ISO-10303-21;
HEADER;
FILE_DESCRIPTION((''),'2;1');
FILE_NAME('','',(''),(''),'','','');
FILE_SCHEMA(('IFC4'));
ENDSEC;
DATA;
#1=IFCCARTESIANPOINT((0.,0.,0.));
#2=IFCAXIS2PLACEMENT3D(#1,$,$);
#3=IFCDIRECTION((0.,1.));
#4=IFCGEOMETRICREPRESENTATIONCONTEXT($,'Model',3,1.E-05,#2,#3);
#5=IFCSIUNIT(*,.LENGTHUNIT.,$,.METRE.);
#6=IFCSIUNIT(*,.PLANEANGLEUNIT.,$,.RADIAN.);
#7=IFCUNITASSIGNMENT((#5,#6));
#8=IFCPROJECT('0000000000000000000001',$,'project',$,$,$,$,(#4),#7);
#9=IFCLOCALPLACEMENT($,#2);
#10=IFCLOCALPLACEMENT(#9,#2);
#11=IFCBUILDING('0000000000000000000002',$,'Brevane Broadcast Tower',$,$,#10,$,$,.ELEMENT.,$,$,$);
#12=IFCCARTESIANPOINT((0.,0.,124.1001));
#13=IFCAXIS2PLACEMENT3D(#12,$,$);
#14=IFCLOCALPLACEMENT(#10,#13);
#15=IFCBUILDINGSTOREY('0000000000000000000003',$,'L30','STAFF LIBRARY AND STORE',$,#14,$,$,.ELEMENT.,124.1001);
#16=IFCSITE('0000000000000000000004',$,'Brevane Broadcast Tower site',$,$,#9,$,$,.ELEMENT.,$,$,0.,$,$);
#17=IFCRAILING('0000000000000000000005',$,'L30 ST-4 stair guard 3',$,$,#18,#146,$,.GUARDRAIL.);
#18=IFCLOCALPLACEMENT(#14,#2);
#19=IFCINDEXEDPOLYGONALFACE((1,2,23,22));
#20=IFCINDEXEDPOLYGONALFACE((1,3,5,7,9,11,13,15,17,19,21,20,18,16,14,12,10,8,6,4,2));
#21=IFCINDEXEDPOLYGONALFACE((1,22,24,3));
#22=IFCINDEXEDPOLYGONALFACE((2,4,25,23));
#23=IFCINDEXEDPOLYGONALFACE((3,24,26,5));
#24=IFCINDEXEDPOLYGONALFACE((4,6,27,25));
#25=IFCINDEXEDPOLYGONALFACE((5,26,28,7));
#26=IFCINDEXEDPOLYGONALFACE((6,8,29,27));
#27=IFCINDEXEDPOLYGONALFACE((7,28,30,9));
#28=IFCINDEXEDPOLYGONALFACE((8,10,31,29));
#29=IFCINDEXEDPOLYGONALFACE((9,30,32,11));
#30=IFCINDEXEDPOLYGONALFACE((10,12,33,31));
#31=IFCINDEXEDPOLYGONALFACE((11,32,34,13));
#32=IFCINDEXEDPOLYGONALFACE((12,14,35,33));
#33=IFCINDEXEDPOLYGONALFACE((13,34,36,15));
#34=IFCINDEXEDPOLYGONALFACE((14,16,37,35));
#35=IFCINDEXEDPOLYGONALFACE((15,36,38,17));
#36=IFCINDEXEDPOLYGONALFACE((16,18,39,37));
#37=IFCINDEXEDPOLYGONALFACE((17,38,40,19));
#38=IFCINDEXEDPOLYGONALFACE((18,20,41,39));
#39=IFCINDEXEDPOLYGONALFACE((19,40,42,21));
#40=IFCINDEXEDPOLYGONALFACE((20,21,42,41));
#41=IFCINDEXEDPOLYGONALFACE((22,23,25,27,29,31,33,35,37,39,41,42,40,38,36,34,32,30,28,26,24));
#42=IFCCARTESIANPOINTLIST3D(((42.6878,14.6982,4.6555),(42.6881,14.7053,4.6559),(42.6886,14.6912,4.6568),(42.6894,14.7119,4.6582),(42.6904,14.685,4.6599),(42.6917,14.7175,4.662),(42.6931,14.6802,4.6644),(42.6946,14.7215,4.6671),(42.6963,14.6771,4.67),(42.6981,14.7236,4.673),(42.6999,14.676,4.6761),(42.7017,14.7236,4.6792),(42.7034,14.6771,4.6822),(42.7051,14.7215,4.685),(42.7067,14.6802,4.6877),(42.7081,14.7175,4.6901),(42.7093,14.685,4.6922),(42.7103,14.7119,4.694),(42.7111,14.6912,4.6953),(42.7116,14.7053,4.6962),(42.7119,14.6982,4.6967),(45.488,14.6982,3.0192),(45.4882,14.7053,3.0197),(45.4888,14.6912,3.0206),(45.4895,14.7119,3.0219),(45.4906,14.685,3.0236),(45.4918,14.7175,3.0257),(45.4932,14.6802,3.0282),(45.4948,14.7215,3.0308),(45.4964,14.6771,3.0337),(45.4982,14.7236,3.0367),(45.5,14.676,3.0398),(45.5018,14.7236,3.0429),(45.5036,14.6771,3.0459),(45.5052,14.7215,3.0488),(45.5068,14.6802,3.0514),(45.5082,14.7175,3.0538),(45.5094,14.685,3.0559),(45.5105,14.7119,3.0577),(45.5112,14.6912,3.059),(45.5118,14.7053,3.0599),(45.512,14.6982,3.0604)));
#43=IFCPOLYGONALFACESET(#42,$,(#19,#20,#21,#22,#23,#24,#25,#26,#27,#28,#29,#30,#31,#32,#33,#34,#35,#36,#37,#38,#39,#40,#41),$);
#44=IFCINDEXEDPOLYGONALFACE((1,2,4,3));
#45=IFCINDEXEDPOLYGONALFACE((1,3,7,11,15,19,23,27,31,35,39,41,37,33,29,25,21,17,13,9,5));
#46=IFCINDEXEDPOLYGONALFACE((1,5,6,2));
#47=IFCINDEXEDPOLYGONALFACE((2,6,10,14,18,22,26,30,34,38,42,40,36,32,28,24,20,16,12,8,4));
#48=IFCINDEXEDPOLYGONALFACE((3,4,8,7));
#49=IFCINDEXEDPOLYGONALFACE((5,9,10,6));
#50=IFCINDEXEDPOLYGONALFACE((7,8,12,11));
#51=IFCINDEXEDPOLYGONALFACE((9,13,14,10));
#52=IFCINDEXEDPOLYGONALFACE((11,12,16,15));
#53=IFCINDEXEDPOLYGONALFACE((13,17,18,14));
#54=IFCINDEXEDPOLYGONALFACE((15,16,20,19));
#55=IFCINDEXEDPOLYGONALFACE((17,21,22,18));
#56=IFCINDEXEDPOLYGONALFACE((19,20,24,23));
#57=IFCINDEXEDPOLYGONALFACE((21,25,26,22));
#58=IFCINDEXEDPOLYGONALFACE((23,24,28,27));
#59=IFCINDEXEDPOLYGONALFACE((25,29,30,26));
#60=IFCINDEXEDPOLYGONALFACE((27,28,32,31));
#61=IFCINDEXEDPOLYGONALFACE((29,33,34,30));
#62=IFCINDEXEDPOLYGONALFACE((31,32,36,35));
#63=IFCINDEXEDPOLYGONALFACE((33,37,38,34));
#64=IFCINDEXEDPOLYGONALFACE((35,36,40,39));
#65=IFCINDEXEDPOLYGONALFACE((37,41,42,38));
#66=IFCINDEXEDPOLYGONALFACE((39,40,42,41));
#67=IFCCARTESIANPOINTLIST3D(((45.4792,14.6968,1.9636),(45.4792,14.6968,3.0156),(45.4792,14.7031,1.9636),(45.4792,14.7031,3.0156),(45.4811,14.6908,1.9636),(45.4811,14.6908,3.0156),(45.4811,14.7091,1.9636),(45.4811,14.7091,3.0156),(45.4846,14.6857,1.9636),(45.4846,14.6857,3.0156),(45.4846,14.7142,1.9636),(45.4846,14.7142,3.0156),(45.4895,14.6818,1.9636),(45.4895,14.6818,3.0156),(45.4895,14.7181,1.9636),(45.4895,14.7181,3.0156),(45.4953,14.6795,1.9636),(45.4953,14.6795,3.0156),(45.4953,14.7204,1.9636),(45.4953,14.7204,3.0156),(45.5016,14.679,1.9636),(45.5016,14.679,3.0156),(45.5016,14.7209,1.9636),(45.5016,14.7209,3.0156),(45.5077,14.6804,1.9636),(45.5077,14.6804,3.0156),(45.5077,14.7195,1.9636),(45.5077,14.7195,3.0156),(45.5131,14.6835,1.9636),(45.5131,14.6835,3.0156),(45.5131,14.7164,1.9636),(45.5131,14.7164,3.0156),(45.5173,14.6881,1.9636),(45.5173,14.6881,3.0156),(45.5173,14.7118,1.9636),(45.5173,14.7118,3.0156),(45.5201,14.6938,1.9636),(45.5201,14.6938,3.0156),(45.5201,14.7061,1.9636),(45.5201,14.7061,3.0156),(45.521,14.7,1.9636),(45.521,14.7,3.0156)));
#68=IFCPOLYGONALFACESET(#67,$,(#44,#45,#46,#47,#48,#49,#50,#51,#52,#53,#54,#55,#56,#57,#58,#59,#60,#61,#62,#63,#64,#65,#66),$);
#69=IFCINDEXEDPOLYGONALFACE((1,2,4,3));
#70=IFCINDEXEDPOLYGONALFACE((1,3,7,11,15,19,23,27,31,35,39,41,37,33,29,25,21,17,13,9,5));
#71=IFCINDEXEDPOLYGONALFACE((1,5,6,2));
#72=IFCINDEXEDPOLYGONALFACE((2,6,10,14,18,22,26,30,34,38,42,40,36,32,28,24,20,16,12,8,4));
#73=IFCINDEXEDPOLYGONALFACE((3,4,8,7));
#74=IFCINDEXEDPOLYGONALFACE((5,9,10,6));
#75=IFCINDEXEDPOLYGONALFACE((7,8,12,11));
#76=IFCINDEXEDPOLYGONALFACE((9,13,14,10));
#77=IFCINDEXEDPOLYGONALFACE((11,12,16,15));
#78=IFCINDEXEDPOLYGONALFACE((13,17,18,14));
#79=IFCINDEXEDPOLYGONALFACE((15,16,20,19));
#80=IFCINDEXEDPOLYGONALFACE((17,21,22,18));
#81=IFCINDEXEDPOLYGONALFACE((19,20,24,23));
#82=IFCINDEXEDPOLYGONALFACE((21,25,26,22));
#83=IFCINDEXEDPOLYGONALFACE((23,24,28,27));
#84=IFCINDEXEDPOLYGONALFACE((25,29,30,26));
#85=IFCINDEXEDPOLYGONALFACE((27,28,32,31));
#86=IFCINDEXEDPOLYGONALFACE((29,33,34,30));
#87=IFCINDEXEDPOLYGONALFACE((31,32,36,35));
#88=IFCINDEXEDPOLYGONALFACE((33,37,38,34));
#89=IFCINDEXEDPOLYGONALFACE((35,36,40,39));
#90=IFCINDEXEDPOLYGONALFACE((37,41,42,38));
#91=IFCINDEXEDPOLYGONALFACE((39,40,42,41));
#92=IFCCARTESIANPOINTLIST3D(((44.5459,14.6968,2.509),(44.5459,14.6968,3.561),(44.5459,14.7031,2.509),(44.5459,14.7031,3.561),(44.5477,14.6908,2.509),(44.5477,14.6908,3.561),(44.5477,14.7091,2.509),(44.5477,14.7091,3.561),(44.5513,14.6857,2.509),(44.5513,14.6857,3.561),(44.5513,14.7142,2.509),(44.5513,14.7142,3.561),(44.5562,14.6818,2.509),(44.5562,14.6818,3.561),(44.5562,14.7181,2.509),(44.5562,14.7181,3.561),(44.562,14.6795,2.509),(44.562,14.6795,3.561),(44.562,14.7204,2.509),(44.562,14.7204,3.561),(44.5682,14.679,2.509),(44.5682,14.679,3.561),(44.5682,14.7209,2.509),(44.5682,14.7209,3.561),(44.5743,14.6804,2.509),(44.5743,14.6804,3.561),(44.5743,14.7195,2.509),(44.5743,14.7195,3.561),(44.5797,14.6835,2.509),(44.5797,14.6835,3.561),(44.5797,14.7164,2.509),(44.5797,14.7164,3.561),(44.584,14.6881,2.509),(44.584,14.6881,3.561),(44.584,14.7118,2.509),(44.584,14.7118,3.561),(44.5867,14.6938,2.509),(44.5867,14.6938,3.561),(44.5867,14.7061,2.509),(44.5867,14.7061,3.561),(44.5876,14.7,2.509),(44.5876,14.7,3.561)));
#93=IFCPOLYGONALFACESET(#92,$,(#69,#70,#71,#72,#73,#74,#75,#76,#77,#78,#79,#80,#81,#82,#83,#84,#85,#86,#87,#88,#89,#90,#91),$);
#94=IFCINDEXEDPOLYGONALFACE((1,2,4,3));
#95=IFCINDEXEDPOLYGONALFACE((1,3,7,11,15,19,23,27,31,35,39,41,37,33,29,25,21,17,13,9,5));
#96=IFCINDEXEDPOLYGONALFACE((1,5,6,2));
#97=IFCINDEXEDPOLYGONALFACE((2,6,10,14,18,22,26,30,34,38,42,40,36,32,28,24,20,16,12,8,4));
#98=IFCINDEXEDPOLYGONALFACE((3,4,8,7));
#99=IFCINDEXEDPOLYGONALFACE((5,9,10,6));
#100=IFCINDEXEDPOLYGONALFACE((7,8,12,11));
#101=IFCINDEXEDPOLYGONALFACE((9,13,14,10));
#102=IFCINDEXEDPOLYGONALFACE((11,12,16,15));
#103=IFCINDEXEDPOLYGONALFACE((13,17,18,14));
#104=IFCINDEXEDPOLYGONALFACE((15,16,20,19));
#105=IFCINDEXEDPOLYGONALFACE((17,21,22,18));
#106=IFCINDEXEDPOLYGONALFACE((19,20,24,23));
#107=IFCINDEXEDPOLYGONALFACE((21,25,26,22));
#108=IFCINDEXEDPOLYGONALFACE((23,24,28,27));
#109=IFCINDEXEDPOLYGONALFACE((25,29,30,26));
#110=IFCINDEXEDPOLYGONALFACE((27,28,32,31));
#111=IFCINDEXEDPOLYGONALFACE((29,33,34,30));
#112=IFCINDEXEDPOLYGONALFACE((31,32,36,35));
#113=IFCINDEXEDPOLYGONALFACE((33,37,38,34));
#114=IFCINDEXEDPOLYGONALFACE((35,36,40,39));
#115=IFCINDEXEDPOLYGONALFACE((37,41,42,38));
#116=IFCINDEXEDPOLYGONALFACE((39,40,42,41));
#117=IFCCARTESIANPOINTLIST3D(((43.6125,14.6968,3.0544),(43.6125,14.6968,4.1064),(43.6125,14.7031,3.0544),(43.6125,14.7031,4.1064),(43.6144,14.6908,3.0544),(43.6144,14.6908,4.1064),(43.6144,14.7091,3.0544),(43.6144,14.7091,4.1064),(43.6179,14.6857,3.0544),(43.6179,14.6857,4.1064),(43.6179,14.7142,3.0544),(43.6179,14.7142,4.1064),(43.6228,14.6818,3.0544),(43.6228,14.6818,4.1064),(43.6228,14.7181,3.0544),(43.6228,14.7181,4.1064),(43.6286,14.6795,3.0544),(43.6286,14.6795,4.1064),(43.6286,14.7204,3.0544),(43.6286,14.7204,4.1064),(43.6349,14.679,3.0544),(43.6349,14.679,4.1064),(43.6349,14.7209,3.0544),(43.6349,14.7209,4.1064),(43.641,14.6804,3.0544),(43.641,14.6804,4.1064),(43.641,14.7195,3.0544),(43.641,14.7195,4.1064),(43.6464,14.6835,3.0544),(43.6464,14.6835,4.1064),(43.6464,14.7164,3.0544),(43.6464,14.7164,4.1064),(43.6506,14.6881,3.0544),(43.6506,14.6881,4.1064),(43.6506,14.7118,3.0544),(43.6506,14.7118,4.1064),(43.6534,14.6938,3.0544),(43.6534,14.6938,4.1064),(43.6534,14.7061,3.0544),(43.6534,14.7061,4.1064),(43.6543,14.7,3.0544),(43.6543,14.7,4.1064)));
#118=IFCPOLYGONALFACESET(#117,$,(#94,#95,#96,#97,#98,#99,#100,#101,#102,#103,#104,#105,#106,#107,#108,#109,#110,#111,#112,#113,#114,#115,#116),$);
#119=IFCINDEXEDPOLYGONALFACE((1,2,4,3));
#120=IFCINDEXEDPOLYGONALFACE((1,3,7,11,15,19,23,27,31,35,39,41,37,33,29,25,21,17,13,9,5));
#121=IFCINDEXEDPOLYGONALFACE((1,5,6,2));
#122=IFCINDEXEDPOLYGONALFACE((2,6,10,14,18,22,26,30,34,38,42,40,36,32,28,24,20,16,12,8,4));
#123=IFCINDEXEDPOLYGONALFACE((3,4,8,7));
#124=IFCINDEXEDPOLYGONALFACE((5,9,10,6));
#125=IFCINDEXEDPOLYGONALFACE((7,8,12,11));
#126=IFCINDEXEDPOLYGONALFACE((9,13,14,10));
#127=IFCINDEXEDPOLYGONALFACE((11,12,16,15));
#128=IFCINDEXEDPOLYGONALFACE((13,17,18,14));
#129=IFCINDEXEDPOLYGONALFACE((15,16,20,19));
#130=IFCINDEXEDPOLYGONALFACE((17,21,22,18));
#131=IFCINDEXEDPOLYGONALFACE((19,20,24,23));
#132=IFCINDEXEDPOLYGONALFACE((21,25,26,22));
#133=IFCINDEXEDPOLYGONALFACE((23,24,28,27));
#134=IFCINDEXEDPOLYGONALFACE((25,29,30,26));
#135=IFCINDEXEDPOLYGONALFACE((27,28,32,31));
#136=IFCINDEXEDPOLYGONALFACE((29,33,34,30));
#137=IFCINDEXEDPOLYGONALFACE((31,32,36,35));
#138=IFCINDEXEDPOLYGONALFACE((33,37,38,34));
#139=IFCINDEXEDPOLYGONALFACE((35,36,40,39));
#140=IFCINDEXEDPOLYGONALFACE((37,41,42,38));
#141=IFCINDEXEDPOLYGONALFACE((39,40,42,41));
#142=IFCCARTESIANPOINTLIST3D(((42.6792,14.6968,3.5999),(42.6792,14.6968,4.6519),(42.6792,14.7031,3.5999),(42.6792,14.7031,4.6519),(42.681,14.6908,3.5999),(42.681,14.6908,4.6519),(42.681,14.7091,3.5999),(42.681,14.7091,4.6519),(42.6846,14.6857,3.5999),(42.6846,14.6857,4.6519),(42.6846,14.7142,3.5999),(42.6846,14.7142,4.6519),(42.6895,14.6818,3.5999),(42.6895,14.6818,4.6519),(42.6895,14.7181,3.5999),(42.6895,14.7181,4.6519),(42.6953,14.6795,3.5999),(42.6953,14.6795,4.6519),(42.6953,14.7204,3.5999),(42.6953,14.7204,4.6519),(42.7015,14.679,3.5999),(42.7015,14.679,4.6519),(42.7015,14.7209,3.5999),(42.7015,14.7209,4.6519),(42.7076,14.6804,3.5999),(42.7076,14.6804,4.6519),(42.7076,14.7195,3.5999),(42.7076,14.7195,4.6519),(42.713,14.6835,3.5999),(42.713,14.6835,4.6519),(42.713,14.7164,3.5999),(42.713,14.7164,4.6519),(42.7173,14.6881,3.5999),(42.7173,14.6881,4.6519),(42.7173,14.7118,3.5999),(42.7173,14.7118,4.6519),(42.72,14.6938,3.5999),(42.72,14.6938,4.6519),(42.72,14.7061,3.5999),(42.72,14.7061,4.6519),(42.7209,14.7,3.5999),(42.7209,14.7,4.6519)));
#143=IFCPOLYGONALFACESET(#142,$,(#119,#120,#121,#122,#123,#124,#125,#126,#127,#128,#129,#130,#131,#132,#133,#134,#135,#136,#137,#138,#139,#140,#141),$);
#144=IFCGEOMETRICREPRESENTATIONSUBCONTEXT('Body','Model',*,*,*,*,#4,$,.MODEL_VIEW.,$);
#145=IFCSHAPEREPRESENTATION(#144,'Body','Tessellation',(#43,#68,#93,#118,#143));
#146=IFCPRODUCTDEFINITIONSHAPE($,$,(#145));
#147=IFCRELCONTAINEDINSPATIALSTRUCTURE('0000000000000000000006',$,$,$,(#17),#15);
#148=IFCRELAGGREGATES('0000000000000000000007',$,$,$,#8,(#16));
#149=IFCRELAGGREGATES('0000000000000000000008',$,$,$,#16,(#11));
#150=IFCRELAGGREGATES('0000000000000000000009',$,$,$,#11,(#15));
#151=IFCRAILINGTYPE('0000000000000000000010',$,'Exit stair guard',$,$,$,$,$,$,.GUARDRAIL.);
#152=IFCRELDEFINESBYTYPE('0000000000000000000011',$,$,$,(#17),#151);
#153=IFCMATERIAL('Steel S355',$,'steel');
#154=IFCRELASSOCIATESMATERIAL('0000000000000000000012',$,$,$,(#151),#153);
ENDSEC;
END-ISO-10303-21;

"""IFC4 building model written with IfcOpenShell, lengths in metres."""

from ifc_helpers import new_model, si_unit, direction, frame, origin, origin_2d, place, context, subcontext, project, spatial, circle, extrude, material, type_object, element, save


model = new_model("IFC4")

# Units and contexts
model_context = context("Model", 3, precision=1e-05, world=origin(), true_north=direction((0.0, 1.0)))
body_context = subcontext(model_context, "Body", "Model", "MODEL_VIEW")
ifc_project = project(units=[si_unit("LENGTHUNIT", "METRE"), si_unit("PLANEANGLEUNIT", "RADIAN")], contexts=[model_context])

# Site, building, storey
site_placement = place(None, origin())
site = spatial("IfcSite", under=ifc_project, at=site_placement, Name="Brevane Broadcast Tower site", CompositionType="ELEMENT", RefElevation=0.0)
building_placement = place(site_placement, origin())
building = spatial("IfcBuilding", under=site, at=building_placement, Name="Brevane Broadcast Tower", CompositionType="ELEMENT")
storey_placement = place(building_placement, frame((0.0, 0.0, 124.1001)))
storey = spatial("IfcBuildingStorey", under=building, at=storey_placement, Name="L30", Description="STAFF LIBRARY AND STORE", CompositionType="ELEMENT", Elevation=124.1001)

# Railing
ifc_material_1 = material(Name="Steel S355", Category="steel")
railing_type_1 = type_object("IfcRailingType", Name="Exit stair guard", PredefinedType="GUARDRAIL", material=ifc_material_1)
railing_1_placement = place(storey_placement, frame((45.5, 14.7, 1.9636)))
element("IfcRailing", 1, at=railing_1_placement, inside=storey, type_object=railing_type_1, Name="L30 ST-4 stair guard 3", PredefinedType="GUARDRAIL", context=body_context, shape_type="SweptSolid", body=[
    extrude(circle(Radius=0.0239, at=origin_2d()), frame((0.0, 0.0, 1.0762), z_axis=(-0.863394, 0.0, 0.504531), x_axis=(0.0, -1.0, 0.0)), (0.0, 0.0, 1.0), 3.2432),
    extrude(circle(Radius=0.021, at=origin_2d()), origin(), (0.0, 0.0, 1.0), 1.052),
    extrude(circle(Radius=0.021, at=origin_2d()), frame((-0.9333, 0.0, 0.5454)), (0.0, 0.0, 1.0), 1.052),
    extrude(circle(Radius=0.021, at=origin_2d()), frame((-1.8667, 0.0, 1.0908)), (0.0, 0.0, 1.0), 1.052),
    extrude(circle(Radius=0.021, at=origin_2d()), frame((-2.8, 0.0, 1.6362)), (0.0, 0.0, 1.0), 1.052),
])

save(model, "model.ifc")
